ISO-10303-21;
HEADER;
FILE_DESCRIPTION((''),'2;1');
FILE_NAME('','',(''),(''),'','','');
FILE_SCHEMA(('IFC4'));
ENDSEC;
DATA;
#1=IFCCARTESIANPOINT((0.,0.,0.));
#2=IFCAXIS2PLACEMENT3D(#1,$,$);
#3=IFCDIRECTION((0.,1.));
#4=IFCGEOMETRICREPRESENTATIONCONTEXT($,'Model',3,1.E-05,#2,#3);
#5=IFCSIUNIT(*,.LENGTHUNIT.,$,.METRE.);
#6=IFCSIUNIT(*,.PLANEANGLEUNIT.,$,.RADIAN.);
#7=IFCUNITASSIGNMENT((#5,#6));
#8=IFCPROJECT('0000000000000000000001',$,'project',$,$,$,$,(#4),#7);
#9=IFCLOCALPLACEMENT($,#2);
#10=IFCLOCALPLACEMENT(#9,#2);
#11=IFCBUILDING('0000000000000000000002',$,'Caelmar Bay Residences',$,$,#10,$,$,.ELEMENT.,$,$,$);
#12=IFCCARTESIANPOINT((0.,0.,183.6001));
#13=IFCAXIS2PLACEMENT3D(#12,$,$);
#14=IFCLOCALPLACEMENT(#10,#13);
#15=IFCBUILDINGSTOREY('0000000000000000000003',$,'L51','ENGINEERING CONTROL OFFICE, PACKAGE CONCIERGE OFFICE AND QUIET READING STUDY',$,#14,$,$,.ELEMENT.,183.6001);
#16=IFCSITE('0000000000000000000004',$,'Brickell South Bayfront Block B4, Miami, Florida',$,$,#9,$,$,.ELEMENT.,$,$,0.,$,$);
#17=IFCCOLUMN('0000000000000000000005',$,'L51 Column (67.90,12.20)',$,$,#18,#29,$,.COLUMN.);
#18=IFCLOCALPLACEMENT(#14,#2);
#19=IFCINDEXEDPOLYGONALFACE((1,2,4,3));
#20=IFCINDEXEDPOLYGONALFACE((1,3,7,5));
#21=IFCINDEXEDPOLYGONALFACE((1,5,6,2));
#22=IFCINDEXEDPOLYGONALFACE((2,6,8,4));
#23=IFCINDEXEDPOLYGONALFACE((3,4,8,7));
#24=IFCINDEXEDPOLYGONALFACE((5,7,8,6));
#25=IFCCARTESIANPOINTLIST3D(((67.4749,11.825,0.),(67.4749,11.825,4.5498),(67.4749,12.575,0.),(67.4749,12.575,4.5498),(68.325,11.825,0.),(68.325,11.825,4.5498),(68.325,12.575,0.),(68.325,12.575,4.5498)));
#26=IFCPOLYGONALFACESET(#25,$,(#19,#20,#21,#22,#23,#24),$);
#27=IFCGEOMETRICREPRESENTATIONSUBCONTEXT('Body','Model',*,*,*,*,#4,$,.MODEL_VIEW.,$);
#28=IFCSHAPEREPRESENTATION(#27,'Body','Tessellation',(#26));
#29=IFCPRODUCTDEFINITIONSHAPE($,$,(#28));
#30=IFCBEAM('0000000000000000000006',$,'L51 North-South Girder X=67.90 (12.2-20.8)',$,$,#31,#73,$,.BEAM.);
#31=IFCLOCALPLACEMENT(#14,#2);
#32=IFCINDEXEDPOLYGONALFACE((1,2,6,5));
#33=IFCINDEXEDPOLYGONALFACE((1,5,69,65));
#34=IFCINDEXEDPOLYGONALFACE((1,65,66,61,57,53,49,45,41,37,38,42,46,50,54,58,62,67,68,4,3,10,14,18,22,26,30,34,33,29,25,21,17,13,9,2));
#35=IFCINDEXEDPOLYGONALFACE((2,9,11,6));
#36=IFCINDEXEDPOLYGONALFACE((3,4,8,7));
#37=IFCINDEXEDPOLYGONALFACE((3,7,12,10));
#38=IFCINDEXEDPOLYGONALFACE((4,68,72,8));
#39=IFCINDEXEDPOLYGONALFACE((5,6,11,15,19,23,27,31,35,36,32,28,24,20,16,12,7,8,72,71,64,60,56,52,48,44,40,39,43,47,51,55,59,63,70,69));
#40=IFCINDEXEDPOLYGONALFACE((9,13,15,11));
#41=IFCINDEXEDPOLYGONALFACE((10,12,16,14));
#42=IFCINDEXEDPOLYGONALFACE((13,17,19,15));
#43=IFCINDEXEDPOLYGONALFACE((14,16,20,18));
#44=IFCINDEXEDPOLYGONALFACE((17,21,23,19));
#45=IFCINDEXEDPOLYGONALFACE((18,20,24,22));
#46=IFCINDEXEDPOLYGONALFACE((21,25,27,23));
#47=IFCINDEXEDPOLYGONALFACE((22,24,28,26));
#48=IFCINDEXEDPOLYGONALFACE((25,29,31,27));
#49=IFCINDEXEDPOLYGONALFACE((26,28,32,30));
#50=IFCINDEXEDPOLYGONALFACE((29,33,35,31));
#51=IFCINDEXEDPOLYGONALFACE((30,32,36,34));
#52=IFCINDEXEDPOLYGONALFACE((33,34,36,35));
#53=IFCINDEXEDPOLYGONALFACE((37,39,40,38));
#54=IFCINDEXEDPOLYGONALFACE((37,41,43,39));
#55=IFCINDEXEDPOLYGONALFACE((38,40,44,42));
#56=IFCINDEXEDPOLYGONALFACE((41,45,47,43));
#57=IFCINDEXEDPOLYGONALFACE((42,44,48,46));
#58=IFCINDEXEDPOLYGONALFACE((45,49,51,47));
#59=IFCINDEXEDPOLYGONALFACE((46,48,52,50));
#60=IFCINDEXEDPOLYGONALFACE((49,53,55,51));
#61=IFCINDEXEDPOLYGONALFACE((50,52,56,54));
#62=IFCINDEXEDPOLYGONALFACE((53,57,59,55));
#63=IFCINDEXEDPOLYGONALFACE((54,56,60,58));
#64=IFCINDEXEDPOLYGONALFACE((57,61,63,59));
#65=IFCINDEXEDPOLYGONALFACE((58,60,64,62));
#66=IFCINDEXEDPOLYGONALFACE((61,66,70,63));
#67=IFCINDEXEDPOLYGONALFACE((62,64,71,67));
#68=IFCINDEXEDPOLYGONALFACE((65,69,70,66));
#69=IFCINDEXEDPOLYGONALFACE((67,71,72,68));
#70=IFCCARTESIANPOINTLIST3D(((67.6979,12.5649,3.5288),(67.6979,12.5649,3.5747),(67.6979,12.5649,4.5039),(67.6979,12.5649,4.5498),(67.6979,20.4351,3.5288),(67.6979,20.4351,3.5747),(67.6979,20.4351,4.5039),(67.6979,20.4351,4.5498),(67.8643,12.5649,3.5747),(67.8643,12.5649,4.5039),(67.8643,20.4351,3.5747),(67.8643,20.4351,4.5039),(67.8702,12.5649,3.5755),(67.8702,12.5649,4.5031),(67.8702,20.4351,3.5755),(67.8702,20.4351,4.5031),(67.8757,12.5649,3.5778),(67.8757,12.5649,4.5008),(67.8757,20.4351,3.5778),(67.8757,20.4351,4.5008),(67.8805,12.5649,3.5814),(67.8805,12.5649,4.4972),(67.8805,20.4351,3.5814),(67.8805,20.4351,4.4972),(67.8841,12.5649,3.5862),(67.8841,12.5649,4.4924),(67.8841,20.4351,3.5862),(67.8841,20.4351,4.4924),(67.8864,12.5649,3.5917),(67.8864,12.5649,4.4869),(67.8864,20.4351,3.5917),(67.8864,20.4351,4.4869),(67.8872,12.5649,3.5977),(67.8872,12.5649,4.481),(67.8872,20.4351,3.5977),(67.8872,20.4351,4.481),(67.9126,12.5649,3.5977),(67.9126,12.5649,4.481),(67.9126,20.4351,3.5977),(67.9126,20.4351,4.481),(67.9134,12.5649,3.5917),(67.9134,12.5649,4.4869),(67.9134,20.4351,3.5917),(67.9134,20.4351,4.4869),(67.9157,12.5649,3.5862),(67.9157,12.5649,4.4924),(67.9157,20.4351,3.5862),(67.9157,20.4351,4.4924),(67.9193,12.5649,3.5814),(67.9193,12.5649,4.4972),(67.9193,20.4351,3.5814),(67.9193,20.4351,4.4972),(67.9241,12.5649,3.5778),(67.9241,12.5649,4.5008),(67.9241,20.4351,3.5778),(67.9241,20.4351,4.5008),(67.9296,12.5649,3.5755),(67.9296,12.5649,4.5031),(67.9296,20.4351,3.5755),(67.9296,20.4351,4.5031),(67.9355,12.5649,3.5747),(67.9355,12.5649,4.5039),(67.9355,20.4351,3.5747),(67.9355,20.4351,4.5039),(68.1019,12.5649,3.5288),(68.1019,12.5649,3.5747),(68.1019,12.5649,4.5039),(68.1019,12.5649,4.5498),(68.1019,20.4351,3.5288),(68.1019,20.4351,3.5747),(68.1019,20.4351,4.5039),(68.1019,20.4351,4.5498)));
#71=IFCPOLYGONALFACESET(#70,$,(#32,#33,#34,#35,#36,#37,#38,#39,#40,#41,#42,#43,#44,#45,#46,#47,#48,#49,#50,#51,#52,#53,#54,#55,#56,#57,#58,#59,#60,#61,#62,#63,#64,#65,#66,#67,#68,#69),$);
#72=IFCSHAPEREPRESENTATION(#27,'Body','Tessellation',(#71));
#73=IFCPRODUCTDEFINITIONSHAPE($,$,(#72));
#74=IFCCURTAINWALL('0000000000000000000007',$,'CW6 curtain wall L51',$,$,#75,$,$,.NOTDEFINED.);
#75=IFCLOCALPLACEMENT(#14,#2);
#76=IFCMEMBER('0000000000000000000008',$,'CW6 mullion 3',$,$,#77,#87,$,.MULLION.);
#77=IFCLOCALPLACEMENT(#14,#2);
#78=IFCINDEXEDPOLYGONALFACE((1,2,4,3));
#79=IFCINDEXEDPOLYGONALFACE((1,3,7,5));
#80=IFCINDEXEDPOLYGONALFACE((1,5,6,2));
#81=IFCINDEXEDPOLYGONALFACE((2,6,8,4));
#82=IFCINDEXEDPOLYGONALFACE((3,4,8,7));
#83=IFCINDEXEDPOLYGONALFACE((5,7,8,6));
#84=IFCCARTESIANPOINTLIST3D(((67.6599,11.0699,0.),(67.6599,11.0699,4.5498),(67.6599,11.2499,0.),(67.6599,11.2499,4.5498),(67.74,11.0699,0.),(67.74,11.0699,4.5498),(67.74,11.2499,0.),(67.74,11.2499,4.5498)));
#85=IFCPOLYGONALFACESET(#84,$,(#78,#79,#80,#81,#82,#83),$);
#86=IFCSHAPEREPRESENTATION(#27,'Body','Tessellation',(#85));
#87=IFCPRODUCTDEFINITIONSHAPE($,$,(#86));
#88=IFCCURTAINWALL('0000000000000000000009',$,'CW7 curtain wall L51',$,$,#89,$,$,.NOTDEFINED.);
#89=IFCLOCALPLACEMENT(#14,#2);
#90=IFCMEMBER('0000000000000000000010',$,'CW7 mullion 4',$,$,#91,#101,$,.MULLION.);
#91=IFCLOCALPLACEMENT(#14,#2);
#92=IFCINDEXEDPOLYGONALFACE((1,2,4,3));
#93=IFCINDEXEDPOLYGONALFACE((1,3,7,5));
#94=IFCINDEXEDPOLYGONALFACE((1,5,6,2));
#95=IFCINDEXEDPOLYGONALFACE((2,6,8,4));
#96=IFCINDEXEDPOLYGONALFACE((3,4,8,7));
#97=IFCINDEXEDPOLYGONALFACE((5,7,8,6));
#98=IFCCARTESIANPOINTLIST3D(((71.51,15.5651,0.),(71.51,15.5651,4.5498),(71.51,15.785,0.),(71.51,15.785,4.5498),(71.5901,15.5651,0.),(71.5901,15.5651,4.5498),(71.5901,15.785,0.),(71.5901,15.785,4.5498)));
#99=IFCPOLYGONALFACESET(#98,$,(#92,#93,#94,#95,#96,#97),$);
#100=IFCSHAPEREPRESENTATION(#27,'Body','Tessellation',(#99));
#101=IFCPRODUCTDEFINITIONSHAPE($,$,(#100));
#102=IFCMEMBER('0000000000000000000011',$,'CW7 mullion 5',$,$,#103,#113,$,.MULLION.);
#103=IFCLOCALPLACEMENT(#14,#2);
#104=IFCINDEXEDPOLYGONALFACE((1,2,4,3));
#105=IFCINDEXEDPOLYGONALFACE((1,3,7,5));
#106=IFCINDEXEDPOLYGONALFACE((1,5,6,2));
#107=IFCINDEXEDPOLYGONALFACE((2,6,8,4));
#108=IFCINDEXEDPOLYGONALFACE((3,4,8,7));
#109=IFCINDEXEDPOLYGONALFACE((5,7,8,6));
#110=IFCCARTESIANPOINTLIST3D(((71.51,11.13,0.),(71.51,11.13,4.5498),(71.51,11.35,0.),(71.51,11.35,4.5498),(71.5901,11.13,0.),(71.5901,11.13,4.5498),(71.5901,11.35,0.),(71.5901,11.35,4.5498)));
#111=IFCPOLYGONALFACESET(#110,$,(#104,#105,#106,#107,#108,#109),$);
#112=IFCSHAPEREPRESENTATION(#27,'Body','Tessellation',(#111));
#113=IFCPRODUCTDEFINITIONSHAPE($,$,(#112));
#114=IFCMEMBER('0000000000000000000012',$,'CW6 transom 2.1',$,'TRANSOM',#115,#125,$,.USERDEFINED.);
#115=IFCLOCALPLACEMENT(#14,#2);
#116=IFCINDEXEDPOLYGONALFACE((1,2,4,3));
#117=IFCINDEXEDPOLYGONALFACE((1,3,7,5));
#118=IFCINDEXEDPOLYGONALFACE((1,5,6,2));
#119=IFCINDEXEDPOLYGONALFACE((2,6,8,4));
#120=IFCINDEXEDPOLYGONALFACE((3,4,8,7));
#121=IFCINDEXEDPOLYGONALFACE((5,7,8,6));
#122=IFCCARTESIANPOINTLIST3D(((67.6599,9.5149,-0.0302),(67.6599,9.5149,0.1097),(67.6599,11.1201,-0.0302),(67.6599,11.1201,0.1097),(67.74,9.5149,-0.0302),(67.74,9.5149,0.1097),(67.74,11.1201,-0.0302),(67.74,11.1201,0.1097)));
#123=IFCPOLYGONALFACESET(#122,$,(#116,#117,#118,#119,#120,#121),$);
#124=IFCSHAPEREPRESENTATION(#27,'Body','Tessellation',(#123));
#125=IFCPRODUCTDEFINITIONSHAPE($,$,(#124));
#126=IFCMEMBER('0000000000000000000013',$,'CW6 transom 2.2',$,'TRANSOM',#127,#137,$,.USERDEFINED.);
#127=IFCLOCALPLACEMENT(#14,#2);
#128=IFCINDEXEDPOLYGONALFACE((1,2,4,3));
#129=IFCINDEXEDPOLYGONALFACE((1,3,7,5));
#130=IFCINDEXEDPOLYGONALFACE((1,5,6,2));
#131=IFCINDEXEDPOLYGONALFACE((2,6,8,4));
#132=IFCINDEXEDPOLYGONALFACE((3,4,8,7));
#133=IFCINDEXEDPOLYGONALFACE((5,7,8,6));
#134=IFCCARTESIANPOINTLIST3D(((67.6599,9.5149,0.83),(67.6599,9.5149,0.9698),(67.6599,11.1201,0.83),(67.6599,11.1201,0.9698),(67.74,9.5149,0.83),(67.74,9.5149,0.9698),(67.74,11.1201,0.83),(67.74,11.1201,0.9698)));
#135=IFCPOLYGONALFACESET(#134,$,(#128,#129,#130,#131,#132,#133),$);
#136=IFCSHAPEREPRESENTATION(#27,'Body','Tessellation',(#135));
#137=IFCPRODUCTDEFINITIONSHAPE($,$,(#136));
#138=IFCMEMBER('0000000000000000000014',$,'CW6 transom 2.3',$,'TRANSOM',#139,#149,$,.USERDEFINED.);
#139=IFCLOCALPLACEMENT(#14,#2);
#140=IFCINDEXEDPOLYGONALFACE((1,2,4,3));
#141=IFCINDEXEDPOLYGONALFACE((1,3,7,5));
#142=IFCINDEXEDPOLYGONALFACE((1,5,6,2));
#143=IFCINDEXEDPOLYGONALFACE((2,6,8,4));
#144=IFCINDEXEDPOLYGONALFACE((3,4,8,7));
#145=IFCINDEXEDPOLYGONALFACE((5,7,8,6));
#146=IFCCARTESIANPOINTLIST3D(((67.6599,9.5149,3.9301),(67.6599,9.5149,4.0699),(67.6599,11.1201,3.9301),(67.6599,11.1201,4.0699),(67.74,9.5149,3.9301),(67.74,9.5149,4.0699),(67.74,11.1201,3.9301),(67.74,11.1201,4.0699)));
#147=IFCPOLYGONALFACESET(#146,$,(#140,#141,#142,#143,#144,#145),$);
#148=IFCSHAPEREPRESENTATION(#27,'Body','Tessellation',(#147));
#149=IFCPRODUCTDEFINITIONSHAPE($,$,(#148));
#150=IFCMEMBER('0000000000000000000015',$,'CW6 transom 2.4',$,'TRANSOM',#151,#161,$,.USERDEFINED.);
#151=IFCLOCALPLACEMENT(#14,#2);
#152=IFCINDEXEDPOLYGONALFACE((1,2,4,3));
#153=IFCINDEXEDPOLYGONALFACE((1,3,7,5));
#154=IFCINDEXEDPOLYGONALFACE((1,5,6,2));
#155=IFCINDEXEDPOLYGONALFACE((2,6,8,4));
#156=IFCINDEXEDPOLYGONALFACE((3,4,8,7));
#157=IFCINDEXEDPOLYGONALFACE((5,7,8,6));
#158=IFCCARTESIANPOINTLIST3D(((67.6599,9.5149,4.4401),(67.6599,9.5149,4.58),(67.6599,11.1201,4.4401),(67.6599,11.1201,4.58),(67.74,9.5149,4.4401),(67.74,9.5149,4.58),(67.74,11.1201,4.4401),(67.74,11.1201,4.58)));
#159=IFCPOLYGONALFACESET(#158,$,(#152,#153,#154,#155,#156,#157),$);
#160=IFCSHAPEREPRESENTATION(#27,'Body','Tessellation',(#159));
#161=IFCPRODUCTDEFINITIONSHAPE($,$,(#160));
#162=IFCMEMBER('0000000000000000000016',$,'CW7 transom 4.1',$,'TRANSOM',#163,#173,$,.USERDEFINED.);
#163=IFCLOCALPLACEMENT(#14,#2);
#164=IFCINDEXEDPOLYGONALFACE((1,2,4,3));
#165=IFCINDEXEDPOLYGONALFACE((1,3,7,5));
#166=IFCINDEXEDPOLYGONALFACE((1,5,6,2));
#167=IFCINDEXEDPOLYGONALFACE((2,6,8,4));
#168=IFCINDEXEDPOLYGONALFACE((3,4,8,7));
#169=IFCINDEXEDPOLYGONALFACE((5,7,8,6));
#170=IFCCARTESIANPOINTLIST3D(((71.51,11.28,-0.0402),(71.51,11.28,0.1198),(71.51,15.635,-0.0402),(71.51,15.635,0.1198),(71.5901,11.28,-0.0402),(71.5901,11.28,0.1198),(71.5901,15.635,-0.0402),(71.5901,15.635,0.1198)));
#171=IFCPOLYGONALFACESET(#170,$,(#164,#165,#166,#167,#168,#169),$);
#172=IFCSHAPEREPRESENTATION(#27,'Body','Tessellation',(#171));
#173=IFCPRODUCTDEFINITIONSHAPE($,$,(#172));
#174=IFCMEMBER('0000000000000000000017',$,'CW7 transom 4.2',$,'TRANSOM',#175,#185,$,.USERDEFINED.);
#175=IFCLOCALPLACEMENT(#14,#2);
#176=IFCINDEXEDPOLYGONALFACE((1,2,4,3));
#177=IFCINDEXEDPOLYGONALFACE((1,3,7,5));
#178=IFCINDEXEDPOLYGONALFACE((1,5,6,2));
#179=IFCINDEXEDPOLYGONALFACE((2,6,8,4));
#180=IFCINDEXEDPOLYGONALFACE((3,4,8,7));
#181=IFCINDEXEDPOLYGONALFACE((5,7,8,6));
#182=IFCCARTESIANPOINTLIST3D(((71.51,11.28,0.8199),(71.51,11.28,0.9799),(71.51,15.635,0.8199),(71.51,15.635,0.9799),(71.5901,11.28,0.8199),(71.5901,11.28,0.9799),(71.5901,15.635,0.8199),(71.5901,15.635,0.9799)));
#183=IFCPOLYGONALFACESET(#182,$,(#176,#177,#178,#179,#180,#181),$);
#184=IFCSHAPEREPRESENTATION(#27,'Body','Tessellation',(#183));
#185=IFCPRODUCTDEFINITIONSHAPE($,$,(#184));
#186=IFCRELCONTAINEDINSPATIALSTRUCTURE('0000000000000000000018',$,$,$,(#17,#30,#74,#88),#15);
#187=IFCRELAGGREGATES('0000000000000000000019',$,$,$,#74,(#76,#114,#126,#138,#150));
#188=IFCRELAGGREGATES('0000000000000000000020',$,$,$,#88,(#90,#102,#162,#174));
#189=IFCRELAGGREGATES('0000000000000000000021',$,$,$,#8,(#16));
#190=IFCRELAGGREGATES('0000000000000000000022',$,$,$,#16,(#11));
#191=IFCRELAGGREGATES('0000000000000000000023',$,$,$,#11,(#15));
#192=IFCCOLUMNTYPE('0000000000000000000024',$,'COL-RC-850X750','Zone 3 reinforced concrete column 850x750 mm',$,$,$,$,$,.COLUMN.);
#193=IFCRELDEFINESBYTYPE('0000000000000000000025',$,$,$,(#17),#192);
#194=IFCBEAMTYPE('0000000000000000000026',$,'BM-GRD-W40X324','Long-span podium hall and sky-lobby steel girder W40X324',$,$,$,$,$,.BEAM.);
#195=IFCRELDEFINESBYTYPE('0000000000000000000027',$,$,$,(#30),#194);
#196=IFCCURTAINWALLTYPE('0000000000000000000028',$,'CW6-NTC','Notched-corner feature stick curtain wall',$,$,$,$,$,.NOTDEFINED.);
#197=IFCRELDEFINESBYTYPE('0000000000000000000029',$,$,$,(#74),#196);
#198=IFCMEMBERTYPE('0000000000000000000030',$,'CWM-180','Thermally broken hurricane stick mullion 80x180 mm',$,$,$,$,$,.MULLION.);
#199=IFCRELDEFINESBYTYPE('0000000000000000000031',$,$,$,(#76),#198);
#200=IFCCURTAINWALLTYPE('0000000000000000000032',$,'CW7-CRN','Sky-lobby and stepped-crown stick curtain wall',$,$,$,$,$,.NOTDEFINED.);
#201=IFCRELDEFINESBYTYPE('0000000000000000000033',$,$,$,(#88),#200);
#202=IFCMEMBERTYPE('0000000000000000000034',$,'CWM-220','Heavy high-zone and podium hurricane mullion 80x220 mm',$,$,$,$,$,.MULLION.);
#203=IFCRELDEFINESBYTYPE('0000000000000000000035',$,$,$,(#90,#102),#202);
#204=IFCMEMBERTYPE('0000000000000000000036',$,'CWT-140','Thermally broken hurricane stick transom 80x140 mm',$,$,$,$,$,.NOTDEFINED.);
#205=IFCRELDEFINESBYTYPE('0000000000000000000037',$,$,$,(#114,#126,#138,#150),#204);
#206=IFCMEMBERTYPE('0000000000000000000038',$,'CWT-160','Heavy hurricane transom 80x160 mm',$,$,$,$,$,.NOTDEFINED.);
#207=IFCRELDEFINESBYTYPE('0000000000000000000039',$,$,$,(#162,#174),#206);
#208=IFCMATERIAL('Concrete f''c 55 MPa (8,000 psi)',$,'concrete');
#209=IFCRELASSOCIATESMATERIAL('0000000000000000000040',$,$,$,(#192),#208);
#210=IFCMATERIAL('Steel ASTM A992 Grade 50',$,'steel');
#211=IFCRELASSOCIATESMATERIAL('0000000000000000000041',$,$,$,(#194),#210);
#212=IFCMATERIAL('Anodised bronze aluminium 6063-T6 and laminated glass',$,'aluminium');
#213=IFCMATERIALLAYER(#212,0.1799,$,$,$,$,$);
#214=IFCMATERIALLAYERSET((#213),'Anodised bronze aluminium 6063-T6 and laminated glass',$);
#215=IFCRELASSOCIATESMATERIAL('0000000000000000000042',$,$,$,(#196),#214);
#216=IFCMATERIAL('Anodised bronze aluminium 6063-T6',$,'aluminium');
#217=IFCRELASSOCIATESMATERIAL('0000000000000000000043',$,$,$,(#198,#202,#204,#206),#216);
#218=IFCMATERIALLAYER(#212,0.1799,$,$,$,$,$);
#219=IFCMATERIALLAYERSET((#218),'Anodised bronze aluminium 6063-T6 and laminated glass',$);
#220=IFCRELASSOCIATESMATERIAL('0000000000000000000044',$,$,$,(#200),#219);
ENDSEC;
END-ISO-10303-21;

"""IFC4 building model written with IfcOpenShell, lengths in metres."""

from ifc_helpers import new_model, si_unit, direction, frame, origin, origin_2d, place, context, subcontext, project, spatial, rectangle, i_section, extrude, material, layer, layer_set, material_profile, profile_set, type_object, element, aggregate, save


model = new_model("IFC4")

# Units and contexts
model_context = context("Model", 3, precision=1e-05, world=origin(), true_north=direction((0.0, 1.0)))
body_context = subcontext(model_context, "Body", "Model", "MODEL_VIEW")
ifc_project = project(units=[si_unit("LENGTHUNIT", "METRE"), si_unit("PLANEANGLEUNIT", "RADIAN")], contexts=[model_context])

# Site, building, storey
site_placement = place(None, origin())
site = spatial("IfcSite", under=ifc_project, at=site_placement, Name="Brickell South Bayfront Block B4, Miami, Florida", CompositionType="ELEMENT", RefElevation=0.0)
building_placement = place(site_placement, origin())
building = spatial("IfcBuilding", under=site, at=building_placement, Name="Caelmar Bay Residences", CompositionType="ELEMENT")
storey_placement = place(building_placement, frame((0.0, 0.0, 183.6001)))
storey = spatial("IfcBuildingStorey", under=building, at=storey_placement, Name="L51", Description="ENGINEERING CONTROL OFFICE, PACKAGE CONCIERGE OFFICE AND QUIET READING STUDY", CompositionType="ELEMENT", Elevation=183.6001)

# Column
ifc_material_1 = material(Name="Concrete f'c 55 MPa (8,000 psi)", Category="concrete")
ifc_material_profile_1 = material_profile(ifc_material_1, rectangle(XDim=0.8501, YDim=0.75, at=origin_2d()), Name="RC-COL-850X750")
ifc_profile_set_1 = profile_set([ifc_material_profile_1], Name="Concrete f'c 55 MPa (8,000 psi)")
column_type = type_object("IfcColumnType", Name="COL-RC-850X750", Description="Zone 3 reinforced concrete column 850x750 mm", PredefinedType="COLUMN", material=ifc_profile_set_1)
column_placement = place(storey_placement, frame((67.8999, 12.2, 0.0), z_axis=(0.0, 0.0, 1.0), x_axis=(1.0, 0.0, 0.0)))
element("IfcColumn", 1, at=column_placement, inside=storey, type_object=column_type, Name="L51 Column (67.90,12.20)", PredefinedType="COLUMN", context=body_context, shape_type="SweptSolid", body=[
    extrude(rectangle(XDim=0.8501, YDim=0.75, at=origin_2d()), origin(), (0.0, 0.0, 1.0), 4.5498),
])

# Beam
ifc_material_2 = material(Name="Steel ASTM A992 Grade 50", Category="steel")
ifc_material_profile_2 = material_profile(ifc_material_2, i_section(OverallWidth=0.4041, OverallDepth=1.021, WebThickness=0.0254, FlangeThickness=0.0459, FilletRadius=0.0229, at=origin_2d()), Name="W40X324")
ifc_profile_set_2 = profile_set([ifc_material_profile_2], Name="Steel ASTM A992 Grade 50")
beam_type = type_object("IfcBeamType", Name="BM-GRD-W40X324", Description="Long-span podium hall and sky-lobby steel girder W40X324", PredefinedType="BEAM", material=ifc_profile_set_2)
beam_placement = place(storey_placement, frame((67.8999, 12.5649, 4.0393), z_axis=(0.0, 1.0, 0.0), x_axis=(-1.0, 0.0, 0.0)))
element("IfcBeam", 2, at=beam_placement, inside=storey, type_object=beam_type, Name="L51 North-South Girder X=67.90 (12.2-20.8)", PredefinedType="BEAM", context=body_context, shape_type="SweptSolid", body=[
    extrude(i_section(OverallWidth=0.4041, OverallDepth=1.021, WebThickness=0.0254, FlangeThickness=0.0459, FilletRadius=0.0229, at=origin_2d()), origin(), (0.0, 0.0, 1.0), 7.8701),
])

# Curtain wall, member
ifc_material_3 = material(Name="Anodised bronze aluminium 6063-T6 and laminated glass", Category="aluminium")
ifc_layer_1 = layer(ifc_material_3, 0.1799)
ifc_layer_set_1 = layer_set([ifc_layer_1], Name="Anodised bronze aluminium 6063-T6 and laminated glass")
curtain_wall_type_1 = type_object("IfcCurtainWallType", Name="CW6-NTC", Description="Notched-corner feature stick curtain wall", PredefinedType="NOTDEFINED", material=ifc_layer_set_1)
curtain_wall_1_placement = place(storey_placement, origin())
curtain_wall_1 = element("IfcCurtainWall", 3, at=curtain_wall_1_placement, inside=storey, type_object=curtain_wall_type_1, Name="CW6 curtain wall L51", PredefinedType="NOTDEFINED")
ifc_material_4 = material(Name="Anodised bronze aluminium 6063-T6", Category="aluminium")
ifc_material_profile_3 = material_profile(ifc_material_4, rectangle(XDim=0.0801, YDim=0.1799, at=origin_2d()), Name="CWM-80X180")
ifc_profile_set_3 = profile_set([ifc_material_profile_3], Name="Anodised bronze aluminium 6063-T6")
member_type_1 = type_object("IfcMemberType", Name="CWM-180", Description="Thermally broken hurricane stick mullion 80x180 mm", PredefinedType="MULLION", material=ifc_profile_set_3)
member_1_placement = place(storey_placement, frame((67.7, 11.1599, 0.0), z_axis=(0.0, 0.0, 1.0), x_axis=(-1.0, 0.0, 0.0)))
member_1 = element("IfcMember", 4, at=member_1_placement, type_object=member_type_1, Name="CW6 mullion 3", PredefinedType="MULLION", context=body_context, shape_type="SweptSolid", body=[
    extrude(rectangle(XDim=0.0801, YDim=0.1799, at=origin_2d()), origin(), (0.0, 0.0, 1.0), 4.5498),
])

# Curtain wall, members
ifc_layer_2 = layer(ifc_material_3, 0.1799)
ifc_layer_set_2 = layer_set([ifc_layer_2], Name="Anodised bronze aluminium 6063-T6 and laminated glass")
curtain_wall_type_2 = type_object("IfcCurtainWallType", Name="CW7-CRN", Description="Sky-lobby and stepped-crown stick curtain wall", PredefinedType="NOTDEFINED", material=ifc_layer_set_2)
curtain_wall_2_placement = place(storey_placement, origin())
curtain_wall_2 = element("IfcCurtainWall", 5, at=curtain_wall_2_placement, inside=storey, type_object=curtain_wall_type_2, Name="CW7 curtain wall L51", PredefinedType="NOTDEFINED")
ifc_material_profile_4 = material_profile(ifc_material_4, rectangle(XDim=0.0801, YDim=0.22, at=origin_2d()), Name="CWM-80X220")
ifc_profile_set_4 = profile_set([ifc_material_profile_4], Name="Anodised bronze aluminium 6063-T6")
member_type_2 = type_object("IfcMemberType", Name="CWM-220", Description="Heavy high-zone and podium hurricane mullion 80x220 mm", PredefinedType="MULLION", material=ifc_profile_set_4)
member_2_placement = place(storey_placement, frame((71.55, 15.675, 0.0), z_axis=(0.0, 0.0, 1.0), x_axis=(1.0, 0.0, 0.0)))
member_2 = element("IfcMember", 6, at=member_2_placement, type_object=member_type_2, Name="CW7 mullion 4", PredefinedType="MULLION", context=body_context, shape_type="SweptSolid", body=[
    extrude(rectangle(XDim=0.0801, YDim=0.22, at=origin_2d()), origin(), (0.0, 0.0, 1.0), 4.5498),
])
member_3_placement = place(storey_placement, frame((71.55, 11.24, 0.0), z_axis=(0.0, 0.0, 1.0), x_axis=(1.0, 0.0, 0.0)))
member_3 = element("IfcMember", 7, at=member_3_placement, type_object=member_type_2, Name="CW7 mullion 5", PredefinedType="MULLION", context=body_context, shape_type="SweptSolid", body=[
    extrude(rectangle(XDim=0.0801, YDim=0.22, at=origin_2d()), origin(), (0.0, 0.0, 1.0), 4.5498),
])

# Members
ifc_material_profile_5 = material_profile(ifc_material_4, rectangle(XDim=0.0801, YDim=0.1399, at=origin_2d()), Name="CWT-80X140")
ifc_profile_set_5 = profile_set([ifc_material_profile_5], Name="Anodised bronze aluminium 6063-T6")
member_type_3 = type_object("IfcMemberType", Name="CWT-140", Description="Thermally broken hurricane stick transom 80x140 mm", PredefinedType="NOTDEFINED", material=ifc_profile_set_5)
member_4_placement = place(storey_placement, frame((67.7, 9.5149, 0.0398), z_axis=(0.0, 1.0, 0.0), x_axis=(-1.0, 0.0, 0.0)))
member_4 = element("IfcMember", 8, at=member_4_placement, type_object=member_type_3, Name="CW6 transom 2.1", ObjectType="TRANSOM", PredefinedType="USERDEFINED", context=body_context, shape_type="SweptSolid", body=[
    extrude(rectangle(XDim=0.0801, YDim=0.1399, at=origin_2d()), origin(), (0.0, 0.0, 1.0), 1.6052),
])
member_5_placement = place(storey_placement, frame((67.7, 9.5149, 0.8999), z_axis=(0.0, 1.0, 0.0), x_axis=(-1.0, 0.0, 0.0)))
member_5 = element("IfcMember", 9, at=member_5_placement, type_object=member_type_3, Name="CW6 transom 2.2", ObjectType="TRANSOM", PredefinedType="USERDEFINED", context=body_context, shape_type="SweptSolid", body=[
    extrude(rectangle(XDim=0.0801, YDim=0.1399, at=origin_2d()), origin(), (0.0, 0.0, 1.0), 1.6052),
])
member_6_placement = place(storey_placement, frame((67.7, 9.5149, 4.0), z_axis=(0.0, 1.0, 0.0), x_axis=(-1.0, 0.0, 0.0)))
member_6 = element("IfcMember", 10, at=member_6_placement, type_object=member_type_3, Name="CW6 transom 2.3", ObjectType="TRANSOM", PredefinedType="USERDEFINED", context=body_context, shape_type="SweptSolid", body=[
    extrude(rectangle(XDim=0.0801, YDim=0.1399, at=origin_2d()), origin(), (0.0, 0.0, 1.0), 1.6052),
])
member_7_placement = place(storey_placement, frame((67.7, 9.5149, 4.51), z_axis=(0.0, 1.0, 0.0), x_axis=(-1.0, 0.0, 0.0)))
member_7 = element("IfcMember", 11, at=member_7_placement, type_object=member_type_3, Name="CW6 transom 2.4", ObjectType="TRANSOM", PredefinedType="USERDEFINED", context=body_context, shape_type="SweptSolid", body=[
    extrude(rectangle(XDim=0.0801, YDim=0.1399, at=origin_2d()), origin(), (0.0, 0.0, 1.0), 1.6052),
])
ifc_material_profile_6 = material_profile(ifc_material_4, rectangle(XDim=0.0801, YDim=0.1599, at=origin_2d()), Name="CWT-80X160")
ifc_profile_set_6 = profile_set([ifc_material_profile_6], Name="Anodised bronze aluminium 6063-T6")
member_type_4 = type_object("IfcMemberType", Name="CWT-160", Description="Heavy hurricane transom 80x160 mm", PredefinedType="NOTDEFINED", material=ifc_profile_set_6)
member_8_placement = place(storey_placement, frame((71.55, 15.635, 0.0398), z_axis=(0.0, -1.0, 0.0), x_axis=(1.0, 0.0, 0.0)))
member_8 = element("IfcMember", 12, at=member_8_placement, type_object=member_type_4, Name="CW7 transom 4.1", ObjectType="TRANSOM", PredefinedType="USERDEFINED", context=body_context, shape_type="SweptSolid", body=[
    extrude(rectangle(XDim=0.0801, YDim=0.1599, at=origin_2d()), origin(), (0.0, 0.0, 1.0), 4.355),
])
member_9_placement = place(storey_placement, frame((71.55, 15.635, 0.8999), z_axis=(0.0, -1.0, 0.0), x_axis=(1.0, 0.0, 0.0)))
member_9 = element("IfcMember", 13, at=member_9_placement, type_object=member_type_4, Name="CW7 transom 4.2", ObjectType="TRANSOM", PredefinedType="USERDEFINED", context=body_context, shape_type="SweptSolid", body=[
    extrude(rectangle(XDim=0.0801, YDim=0.1599, at=origin_2d()), origin(), (0.0, 0.0, 1.0), 4.355),
])

aggregate(curtain_wall_1, [member_1, member_4, member_5, member_6, member_7])
aggregate(curtain_wall_2, [member_2, member_3, member_8, member_9])

save(model, "model.ifc")
